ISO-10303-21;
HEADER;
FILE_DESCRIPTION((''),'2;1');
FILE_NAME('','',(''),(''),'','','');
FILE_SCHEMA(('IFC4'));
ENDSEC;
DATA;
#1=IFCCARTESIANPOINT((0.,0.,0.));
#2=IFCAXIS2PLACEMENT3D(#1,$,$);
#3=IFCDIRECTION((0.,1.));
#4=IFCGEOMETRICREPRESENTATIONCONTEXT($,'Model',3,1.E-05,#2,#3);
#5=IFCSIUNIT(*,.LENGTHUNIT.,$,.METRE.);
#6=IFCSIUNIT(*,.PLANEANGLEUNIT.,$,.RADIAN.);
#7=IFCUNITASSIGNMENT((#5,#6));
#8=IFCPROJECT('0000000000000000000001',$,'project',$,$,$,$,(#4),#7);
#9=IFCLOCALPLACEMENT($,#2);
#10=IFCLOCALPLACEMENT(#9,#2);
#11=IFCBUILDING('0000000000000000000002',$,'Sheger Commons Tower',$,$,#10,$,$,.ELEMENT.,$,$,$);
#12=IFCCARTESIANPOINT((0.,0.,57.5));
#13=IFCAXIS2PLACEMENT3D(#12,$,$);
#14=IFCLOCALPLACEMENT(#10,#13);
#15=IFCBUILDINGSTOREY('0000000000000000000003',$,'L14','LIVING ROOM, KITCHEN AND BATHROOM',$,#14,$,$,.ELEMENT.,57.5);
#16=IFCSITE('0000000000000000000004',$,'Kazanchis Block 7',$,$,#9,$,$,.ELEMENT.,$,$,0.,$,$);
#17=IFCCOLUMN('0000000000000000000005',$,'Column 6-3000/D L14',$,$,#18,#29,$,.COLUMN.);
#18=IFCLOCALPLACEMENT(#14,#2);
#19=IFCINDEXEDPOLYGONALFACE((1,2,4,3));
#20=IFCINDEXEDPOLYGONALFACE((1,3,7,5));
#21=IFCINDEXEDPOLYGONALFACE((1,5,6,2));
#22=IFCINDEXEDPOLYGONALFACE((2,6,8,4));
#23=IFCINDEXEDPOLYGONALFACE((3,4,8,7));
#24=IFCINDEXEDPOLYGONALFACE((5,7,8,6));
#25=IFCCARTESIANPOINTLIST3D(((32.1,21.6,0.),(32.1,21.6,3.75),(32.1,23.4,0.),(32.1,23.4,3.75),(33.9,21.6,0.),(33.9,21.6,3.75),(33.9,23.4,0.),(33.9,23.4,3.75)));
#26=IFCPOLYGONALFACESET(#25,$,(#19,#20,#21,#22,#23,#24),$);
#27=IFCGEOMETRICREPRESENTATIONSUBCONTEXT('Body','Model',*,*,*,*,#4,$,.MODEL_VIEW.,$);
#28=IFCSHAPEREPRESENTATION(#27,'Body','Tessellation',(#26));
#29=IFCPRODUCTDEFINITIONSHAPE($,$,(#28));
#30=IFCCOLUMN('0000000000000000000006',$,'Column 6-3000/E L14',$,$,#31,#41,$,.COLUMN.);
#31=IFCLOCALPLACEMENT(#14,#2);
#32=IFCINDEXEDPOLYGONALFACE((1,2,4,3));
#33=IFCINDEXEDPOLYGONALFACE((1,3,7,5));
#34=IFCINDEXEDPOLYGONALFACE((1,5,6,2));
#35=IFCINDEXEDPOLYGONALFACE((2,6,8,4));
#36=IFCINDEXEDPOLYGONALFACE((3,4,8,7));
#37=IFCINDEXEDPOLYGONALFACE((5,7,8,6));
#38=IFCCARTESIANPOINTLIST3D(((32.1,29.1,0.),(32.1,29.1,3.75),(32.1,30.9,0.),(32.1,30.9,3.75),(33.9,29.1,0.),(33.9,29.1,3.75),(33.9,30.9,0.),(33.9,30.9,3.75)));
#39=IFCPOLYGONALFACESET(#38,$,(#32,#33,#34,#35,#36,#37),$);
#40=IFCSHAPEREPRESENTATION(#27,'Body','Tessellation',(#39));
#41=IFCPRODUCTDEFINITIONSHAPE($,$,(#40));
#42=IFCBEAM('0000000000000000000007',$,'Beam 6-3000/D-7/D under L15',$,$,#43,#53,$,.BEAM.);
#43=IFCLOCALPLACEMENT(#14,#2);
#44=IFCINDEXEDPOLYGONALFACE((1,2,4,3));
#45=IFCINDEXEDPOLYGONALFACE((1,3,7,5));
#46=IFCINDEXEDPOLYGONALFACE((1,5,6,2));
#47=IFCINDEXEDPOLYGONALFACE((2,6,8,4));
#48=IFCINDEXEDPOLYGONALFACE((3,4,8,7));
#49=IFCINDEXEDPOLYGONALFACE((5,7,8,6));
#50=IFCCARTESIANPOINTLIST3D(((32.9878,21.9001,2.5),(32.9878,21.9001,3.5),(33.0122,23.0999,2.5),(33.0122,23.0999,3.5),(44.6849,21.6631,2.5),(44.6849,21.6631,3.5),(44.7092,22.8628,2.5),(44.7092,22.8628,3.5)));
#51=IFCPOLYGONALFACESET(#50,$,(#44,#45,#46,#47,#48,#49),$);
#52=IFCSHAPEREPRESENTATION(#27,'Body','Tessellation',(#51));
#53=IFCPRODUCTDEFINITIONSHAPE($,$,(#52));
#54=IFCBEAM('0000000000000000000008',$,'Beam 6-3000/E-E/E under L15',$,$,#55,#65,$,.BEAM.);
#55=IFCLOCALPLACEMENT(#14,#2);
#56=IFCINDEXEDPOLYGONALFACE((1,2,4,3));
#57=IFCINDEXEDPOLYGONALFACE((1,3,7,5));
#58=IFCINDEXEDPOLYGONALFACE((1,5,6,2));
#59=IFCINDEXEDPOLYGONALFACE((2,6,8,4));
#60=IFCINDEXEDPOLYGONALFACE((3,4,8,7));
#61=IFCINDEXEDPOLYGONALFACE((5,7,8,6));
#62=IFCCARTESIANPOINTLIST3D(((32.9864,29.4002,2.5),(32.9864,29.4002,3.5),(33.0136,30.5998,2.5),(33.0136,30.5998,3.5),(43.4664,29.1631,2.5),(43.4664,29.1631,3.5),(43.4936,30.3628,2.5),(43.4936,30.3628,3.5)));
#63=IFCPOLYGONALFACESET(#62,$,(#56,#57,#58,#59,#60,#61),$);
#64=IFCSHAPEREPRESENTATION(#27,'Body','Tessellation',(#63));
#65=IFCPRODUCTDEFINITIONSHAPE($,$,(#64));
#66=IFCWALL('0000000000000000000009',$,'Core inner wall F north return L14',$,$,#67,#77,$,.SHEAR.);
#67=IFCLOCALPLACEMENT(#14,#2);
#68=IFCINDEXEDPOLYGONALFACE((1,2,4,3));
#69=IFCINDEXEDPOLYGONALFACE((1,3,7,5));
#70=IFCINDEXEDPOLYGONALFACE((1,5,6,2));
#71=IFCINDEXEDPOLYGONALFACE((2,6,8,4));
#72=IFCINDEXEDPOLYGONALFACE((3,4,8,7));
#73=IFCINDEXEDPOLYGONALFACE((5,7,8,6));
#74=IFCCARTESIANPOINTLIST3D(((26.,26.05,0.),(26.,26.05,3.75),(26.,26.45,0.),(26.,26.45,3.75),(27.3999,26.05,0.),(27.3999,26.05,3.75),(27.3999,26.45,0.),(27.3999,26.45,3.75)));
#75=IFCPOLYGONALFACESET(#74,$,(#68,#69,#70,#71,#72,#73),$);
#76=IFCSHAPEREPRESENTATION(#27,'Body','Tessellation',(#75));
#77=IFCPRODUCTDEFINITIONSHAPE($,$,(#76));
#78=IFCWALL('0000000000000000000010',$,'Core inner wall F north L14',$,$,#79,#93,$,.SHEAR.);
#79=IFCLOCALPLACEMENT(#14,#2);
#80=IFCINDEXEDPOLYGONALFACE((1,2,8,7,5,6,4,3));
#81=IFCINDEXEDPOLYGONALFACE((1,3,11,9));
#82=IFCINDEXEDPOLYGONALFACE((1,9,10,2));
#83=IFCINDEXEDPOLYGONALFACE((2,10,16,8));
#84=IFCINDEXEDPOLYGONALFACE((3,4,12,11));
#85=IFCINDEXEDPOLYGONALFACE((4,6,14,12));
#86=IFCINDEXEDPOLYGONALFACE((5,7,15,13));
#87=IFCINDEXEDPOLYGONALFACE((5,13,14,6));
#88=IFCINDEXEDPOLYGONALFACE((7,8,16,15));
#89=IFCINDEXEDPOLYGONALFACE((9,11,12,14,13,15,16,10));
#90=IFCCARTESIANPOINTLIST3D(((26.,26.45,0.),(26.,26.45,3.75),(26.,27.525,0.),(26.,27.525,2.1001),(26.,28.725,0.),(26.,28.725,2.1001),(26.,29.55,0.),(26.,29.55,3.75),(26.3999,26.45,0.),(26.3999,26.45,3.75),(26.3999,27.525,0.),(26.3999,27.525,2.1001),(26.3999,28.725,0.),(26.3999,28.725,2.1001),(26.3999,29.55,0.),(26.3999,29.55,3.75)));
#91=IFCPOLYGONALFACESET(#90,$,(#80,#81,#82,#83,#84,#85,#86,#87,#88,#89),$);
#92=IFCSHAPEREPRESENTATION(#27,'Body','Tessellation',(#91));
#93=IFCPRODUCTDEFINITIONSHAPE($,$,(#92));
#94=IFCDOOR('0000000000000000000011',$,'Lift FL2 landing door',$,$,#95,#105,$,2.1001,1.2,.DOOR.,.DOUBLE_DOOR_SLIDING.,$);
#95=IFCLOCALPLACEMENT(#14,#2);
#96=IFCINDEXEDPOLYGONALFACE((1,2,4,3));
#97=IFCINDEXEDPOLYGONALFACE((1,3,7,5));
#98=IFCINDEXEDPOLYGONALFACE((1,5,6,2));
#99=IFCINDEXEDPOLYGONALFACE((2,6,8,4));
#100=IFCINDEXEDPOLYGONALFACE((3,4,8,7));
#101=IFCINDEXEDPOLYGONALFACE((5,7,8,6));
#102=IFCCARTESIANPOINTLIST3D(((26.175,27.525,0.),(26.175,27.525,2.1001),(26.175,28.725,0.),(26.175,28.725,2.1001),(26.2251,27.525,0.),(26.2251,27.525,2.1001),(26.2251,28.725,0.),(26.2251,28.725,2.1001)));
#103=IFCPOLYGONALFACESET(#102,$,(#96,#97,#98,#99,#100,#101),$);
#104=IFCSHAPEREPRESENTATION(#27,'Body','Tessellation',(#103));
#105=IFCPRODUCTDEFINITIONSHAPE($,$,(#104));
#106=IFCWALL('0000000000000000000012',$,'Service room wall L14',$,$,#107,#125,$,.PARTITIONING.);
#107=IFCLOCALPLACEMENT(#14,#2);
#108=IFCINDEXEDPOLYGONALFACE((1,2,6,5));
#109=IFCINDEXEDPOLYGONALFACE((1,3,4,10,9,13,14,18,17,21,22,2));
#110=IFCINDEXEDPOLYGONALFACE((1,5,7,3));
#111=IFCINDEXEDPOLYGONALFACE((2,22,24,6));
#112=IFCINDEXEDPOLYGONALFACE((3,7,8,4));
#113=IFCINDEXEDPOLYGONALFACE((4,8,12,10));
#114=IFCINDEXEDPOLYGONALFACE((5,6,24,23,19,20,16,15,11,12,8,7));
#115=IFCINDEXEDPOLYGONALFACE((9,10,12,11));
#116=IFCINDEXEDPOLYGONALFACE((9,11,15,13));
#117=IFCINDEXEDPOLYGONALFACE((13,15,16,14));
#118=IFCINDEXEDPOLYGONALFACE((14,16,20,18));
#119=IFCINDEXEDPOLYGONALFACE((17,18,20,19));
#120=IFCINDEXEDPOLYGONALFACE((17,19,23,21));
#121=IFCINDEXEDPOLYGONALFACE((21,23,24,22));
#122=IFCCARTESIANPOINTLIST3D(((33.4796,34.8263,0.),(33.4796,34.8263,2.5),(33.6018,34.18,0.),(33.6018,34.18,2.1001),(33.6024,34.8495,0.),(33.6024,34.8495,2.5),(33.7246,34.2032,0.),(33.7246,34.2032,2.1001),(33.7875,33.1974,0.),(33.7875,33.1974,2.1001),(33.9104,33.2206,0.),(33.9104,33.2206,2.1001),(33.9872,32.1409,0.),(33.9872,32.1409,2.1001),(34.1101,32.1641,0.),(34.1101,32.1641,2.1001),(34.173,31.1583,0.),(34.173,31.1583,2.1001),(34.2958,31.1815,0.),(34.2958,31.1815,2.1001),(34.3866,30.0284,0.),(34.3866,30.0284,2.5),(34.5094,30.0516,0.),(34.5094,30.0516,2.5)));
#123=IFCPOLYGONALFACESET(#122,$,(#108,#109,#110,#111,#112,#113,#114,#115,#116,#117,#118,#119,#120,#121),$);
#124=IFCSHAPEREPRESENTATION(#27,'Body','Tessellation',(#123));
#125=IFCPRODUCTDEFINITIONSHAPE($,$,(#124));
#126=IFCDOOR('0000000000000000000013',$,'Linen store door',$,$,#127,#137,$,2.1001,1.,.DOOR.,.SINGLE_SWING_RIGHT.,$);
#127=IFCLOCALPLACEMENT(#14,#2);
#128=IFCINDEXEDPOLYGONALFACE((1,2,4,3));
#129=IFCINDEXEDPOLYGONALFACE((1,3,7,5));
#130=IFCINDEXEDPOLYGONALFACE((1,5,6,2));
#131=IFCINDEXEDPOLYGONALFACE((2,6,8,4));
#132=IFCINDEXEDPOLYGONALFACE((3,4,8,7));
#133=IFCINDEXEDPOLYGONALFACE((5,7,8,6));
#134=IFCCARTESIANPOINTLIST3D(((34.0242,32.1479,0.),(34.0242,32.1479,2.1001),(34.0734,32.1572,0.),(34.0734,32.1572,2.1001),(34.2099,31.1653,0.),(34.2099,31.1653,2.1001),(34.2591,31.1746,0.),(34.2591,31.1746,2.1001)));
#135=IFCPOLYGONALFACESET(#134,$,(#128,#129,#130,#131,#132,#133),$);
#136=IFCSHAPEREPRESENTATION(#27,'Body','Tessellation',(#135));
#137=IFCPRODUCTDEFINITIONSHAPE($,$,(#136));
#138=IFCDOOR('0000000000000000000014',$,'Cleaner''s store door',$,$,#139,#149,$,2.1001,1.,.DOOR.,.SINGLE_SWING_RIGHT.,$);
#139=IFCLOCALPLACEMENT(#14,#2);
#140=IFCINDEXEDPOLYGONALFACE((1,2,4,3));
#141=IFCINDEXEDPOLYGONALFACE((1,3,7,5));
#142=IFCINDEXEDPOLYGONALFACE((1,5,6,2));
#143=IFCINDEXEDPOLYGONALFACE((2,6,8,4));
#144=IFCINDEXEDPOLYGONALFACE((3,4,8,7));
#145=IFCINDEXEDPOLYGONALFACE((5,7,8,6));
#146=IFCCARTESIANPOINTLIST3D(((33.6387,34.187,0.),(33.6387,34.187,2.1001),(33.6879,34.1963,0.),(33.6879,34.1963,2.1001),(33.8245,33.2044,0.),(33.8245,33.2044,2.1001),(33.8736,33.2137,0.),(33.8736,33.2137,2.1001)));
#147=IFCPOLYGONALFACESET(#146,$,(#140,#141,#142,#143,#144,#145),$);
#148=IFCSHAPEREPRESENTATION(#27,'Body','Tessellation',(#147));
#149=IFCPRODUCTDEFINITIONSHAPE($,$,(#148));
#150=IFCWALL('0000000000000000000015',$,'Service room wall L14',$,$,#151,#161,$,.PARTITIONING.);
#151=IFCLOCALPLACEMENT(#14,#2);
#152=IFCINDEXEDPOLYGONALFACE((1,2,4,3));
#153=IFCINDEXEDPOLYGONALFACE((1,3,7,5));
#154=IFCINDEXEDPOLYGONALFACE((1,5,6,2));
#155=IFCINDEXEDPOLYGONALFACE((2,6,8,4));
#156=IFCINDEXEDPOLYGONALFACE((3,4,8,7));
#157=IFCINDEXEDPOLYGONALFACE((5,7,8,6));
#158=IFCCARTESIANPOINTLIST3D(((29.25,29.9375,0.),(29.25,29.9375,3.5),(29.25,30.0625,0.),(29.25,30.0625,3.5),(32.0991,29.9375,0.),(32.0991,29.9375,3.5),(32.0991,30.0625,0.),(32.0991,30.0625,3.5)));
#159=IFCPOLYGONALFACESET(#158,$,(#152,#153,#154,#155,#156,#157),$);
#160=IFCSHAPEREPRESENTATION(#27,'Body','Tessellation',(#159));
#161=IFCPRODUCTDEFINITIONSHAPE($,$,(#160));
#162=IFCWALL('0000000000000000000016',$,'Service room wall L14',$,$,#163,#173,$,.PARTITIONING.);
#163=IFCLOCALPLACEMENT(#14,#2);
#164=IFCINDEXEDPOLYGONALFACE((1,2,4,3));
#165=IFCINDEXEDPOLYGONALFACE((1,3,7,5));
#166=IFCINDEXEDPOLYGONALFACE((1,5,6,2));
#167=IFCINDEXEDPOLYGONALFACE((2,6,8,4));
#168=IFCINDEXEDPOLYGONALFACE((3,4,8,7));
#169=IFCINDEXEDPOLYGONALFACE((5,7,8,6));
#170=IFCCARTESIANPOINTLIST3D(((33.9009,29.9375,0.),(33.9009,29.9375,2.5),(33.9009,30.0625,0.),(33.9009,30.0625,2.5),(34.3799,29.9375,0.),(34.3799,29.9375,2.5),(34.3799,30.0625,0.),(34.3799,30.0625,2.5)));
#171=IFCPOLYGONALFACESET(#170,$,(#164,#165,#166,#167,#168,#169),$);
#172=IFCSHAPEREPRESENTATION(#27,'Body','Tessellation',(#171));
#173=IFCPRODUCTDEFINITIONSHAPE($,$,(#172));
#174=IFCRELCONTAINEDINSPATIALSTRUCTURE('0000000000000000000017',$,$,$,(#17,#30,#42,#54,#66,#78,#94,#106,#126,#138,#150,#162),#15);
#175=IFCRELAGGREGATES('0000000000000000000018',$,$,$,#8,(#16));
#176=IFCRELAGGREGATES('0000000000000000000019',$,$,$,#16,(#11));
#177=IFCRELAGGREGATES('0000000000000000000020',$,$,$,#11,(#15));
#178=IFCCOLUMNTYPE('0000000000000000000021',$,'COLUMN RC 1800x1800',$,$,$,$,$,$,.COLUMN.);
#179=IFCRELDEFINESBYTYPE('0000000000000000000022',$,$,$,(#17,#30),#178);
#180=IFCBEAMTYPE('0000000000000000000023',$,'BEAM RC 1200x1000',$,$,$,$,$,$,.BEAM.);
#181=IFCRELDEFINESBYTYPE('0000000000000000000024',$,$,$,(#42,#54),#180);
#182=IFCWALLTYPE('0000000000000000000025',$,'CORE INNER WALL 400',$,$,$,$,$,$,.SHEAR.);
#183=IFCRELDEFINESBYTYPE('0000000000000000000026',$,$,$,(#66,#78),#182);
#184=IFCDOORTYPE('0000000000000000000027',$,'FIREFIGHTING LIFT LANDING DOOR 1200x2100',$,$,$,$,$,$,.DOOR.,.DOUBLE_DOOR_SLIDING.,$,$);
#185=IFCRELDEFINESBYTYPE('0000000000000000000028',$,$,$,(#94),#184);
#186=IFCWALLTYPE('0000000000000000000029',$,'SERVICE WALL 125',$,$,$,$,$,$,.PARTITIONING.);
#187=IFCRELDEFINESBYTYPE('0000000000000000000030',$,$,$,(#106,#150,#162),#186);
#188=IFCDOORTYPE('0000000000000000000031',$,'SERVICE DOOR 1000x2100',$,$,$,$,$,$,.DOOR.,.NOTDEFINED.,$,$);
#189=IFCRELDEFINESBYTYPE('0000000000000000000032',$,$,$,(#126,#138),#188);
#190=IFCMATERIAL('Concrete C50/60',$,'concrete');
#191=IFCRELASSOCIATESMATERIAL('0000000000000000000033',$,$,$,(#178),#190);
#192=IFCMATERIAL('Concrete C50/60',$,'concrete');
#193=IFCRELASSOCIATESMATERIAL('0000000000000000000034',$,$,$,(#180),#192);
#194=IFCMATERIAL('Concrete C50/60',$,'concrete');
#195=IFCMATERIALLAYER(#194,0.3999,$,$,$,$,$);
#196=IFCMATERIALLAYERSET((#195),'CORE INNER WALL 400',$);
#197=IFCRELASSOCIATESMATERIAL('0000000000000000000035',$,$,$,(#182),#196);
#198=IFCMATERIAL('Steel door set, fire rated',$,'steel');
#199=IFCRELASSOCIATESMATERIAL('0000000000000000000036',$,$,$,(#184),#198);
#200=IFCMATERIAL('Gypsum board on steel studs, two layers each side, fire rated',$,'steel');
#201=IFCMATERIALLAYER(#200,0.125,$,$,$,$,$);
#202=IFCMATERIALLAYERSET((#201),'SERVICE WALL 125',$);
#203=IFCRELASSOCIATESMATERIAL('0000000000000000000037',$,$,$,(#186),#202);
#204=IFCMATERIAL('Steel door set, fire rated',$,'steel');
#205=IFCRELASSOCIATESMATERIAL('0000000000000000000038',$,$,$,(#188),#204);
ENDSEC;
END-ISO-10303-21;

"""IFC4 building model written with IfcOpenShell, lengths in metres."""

from ifc_helpers import new_model, si_unit, direction, frame, frame_2d, origin, origin_2d, place, context, subcontext, project, spatial, rectangle, extrude, material, layer, layer_set, material_profile, profile_set, type_object, element, fill, save


model = new_model("IFC4")

# Units and contexts
model_context = context("Model", 3, precision=1e-05, world=origin(), true_north=direction((0.0, 1.0)))
body_context = subcontext(model_context, "Body", "Model", "MODEL_VIEW")
ifc_project = project(units=[si_unit("LENGTHUNIT", "METRE"), si_unit("PLANEANGLEUNIT", "RADIAN")], contexts=[model_context])

# Site, building, storey
site_placement = place(None, origin())
site = spatial("IfcSite", under=ifc_project, at=site_placement, Name="Kazanchis Block 7", CompositionType="ELEMENT", RefElevation=0.0)
building_placement = place(site_placement, origin())
building = spatial("IfcBuilding", under=site, at=building_placement, Name="Sheger Commons Tower", CompositionType="ELEMENT")
storey_placement = place(building_placement, frame((0.0, 0.0, 57.5)))
storey = spatial("IfcBuildingStorey", under=building, at=storey_placement, Name="L14", Description="LIVING ROOM, KITCHEN AND BATHROOM", CompositionType="ELEMENT", Elevation=57.5)

# Columns
ifc_material_1 = material(Name="Concrete C50/60", Category="concrete")
ifc_material_profile_1 = material_profile(ifc_material_1, rectangle(XDim=1.8, YDim=1.8, at=origin_2d()), Name="RC 1800x1800")
ifc_profile_set_1 = profile_set([ifc_material_profile_1], Name="Concrete C50/60")
column_type = type_object("IfcColumnType", Name="COLUMN RC 1800x1800", PredefinedType="COLUMN", material=ifc_profile_set_1)
for number, where, z_axis, x_axis, name in (
    (1, (33.0, 22.5, 0.0), (0.0, 0.0, 1.0), (1.0, 0.0, 0.0), "Column 6-3000/D L14"),
    (2, (33.0, 30.0, 0.0), (0.0, 0.0, 1.0), (1.0, 0.0, 0.0), "Column 6-3000/E L14"),
):
    element("IfcColumn", number, at=place(storey_placement, frame(where, z_axis=z_axis, x_axis=x_axis)), inside=storey, type_object=column_type, Name=name, PredefinedType="COLUMN", context=body_context, shape_type="SweptSolid", body=[
        extrude(rectangle(XDim=1.8, YDim=1.8, at=origin_2d()), origin(), (0.0, 0.0, 1.0), 3.75),
    ])

# Beams
ifc_material_2 = material(Name="Concrete C50/60", Category="concrete")
ifc_material_profile_2 = material_profile(ifc_material_2, rectangle(XDim=1.2, YDim=1.0, at=origin_2d()), Name="RC 1200x1000")
ifc_profile_set_2 = profile_set([ifc_material_profile_2], Name="Concrete C50/60")
beam_type = type_object("IfcBeamType", Name="BEAM RC 1200x1000", PredefinedType="BEAM", material=ifc_profile_set_2)
beam_1_placement = place(storey_placement, frame((33.0, 22.5, 3.0), z_axis=(0.999795, -0.020263, 0.0), x_axis=(0.020263, 0.999795, 0.0)))
element("IfcBeam", 3, at=beam_1_placement, inside=storey, type_object=beam_type, Name="Beam 6-3000/D-7/D under L15", PredefinedType="BEAM", context=body_context, shape_type="SweptSolid", body=[
    extrude(rectangle(XDim=1.2, YDim=1.0, at=origin_2d()), origin(), (0.0, 0.0, 1.0), 11.6995),
])
beam_2_placement = place(storey_placement, frame((33.0, 30.0, 3.0), z_axis=(0.999744, -0.022615, 0.0), x_axis=(0.022615, 0.999744, 0.0)))
element("IfcBeam", 4, at=beam_2_placement, inside=storey, type_object=beam_type, Name="Beam 6-3000/E-E/E under L15", PredefinedType="BEAM", context=body_context, shape_type="SweptSolid", body=[
    extrude(rectangle(XDim=1.2, YDim=1.0, at=origin_2d()), origin(), (0.0, 0.0, 1.0), 10.4827),
])

# Wall
ifc_material_3 = material(Name="Concrete C50/60", Category="concrete")
ifc_layer_1 = layer(ifc_material_3, 0.3999)
ifc_layer_set_1 = layer_set([ifc_layer_1], Name="CORE INNER WALL 400")
wall_type_1 = type_object("IfcWallType", Name="CORE INNER WALL 400", PredefinedType="SHEAR", material=ifc_layer_set_1)
wall_1_placement = place(storey_placement, frame((26.0, 26.25, 0.0), z_axis=(0.0, 0.0, 1.0), x_axis=(1.0, 0.0, 0.0)))
element("IfcWall", 5, at=wall_1_placement, inside=storey, type_object=wall_type_1, Name="Core inner wall F north return L14", PredefinedType="SHEAR", context=body_context, shape_type="SweptSolid", body=[
    extrude(rectangle(XDim=1.3999, YDim=0.3999, at=frame_2d((0.7, 0.0))), origin(), (0.0, 0.0, 1.0), 3.75),
])

# Wall, opening, door
wall_2_placement = place(storey_placement, frame((26.2, 26.45, 0.0), z_axis=(0.0, 0.0, 1.0), x_axis=(0.0, 1.0, 0.0)))
wall_2 = element("IfcWall", 6, at=wall_2_placement, inside=storey, type_object=wall_type_1, Name="Core inner wall F north L14", PredefinedType="SHEAR", context=body_context, shape_type="SweptSolid", body=[
    extrude(rectangle(XDim=3.1001, YDim=0.3999, at=frame_2d((1.55, 0.0))), origin(), (0.0, 0.0, 1.0), 3.75),
])
opening_1_placement = place(wall_2_placement, frame((1.075, 0.0, 0.0)))
opening_1 = element("IfcOpeningElement", 7, at=opening_1_placement, cuts=wall_2, PredefinedType="OPENING", context=body_context, shape_type="SweptSolid", body=[
    extrude(rectangle(XDim=1.2, YDim=2.1001, at=frame_2d((0.6001, 1.05))), frame((0.0, 0.21, 0.0), z_axis=(0.0, -1.0, 0.0), x_axis=(1.0, 0.0, 0.0)), (0.0, 0.0, 1.0), 0.4199),
])
ifc_material_4 = material(Name="Steel door set, fire rated", Category="steel")
door_type_1 = type_object("IfcDoorType", Name="FIREFIGHTING LIFT LANDING DOOR 1200x2100", OperationType="DOUBLE_DOOR_SLIDING", PredefinedType="DOOR", material=ifc_material_4)
door_1_placement = place(opening_1_placement, origin())
door_1 = element("IfcDoor", 8, at=door_1_placement, inside=storey, type_object=door_type_1, Name="Lift FL2 landing door", OperationType="DOUBLE_DOOR_SLIDING", OverallHeight=2.1001, OverallWidth=1.2, PredefinedType="DOOR", context=body_context, shape_type="SweptSolid", body=[
    extrude(rectangle(XDim=1.2, YDim=2.1001, at=frame_2d((0.6001, 1.05))), frame((0.0, 0.0249, 0.0), z_axis=(0.0, -1.0, 0.0), x_axis=(1.0, 0.0, 0.0)), (0.0, 0.0, 1.0), 0.05),
])
fill(opening_1, door_1)

# Wall, openings, doors
ifc_material_5 = material(Name="Gypsum board on steel studs, two layers each side, fire rated", Category="steel")
ifc_layer_2 = layer(ifc_material_5, 0.125)
ifc_layer_set_2 = layer_set([ifc_layer_2], Name="SERVICE WALL 125")
wall_type_2 = type_object("IfcWallType", Name="SERVICE WALL 125", PredefinedType="PARTITIONING", material=ifc_layer_set_2)
wall_3_placement = place(storey_placement, frame((34.448, 30.04, 0.0), z_axis=(0.0, 0.0, 1.0), x_axis=(-0.185749, 0.982597, 0.0)))
wall_3 = element("IfcWall", 9, at=wall_3_placement, inside=storey, type_object=wall_type_2, Name="Service room wall L14", PredefinedType="PARTITIONING", context=body_context, shape_type="SweptSolid", body=[
    extrude(rectangle(XDim=4.8828, YDim=0.125, at=frame_2d((2.4414, 0.0))), origin(), (0.0, 0.0, 1.0), 2.5),
])
opening_2_placement = place(wall_3_placement, frame((1.1499, 0.0, 0.0)))
opening_2 = element("IfcOpeningElement", 10, at=opening_2_placement, cuts=wall_3, PredefinedType="OPENING", context=body_context, shape_type="SweptSolid", body=[
    extrude(rectangle(XDim=1.0, YDim=2.1001, at=frame_2d((0.5, 1.05))), frame((0.0, 0.0725, 0.0), z_axis=(0.0, -1.0, 0.0), x_axis=(1.0, 0.0, 0.0)), (0.0, 0.0, 1.0), 0.145),
])
opening_3_placement = place(wall_3_placement, frame((3.2251, 0.0, 0.0)))
opening_3 = element("IfcOpeningElement", 11, at=opening_3_placement, cuts=wall_3, PredefinedType="OPENING", context=body_context, shape_type="SweptSolid", body=[
    extrude(rectangle(XDim=1.0, YDim=2.1001, at=frame_2d((0.5, 1.05))), frame((0.0, 0.0725, 0.0), z_axis=(0.0, -1.0, 0.0), x_axis=(1.0, 0.0, 0.0)), (0.0, 0.0, 1.0), 0.145),
])
ifc_material_6 = material(Name="Steel door set, fire rated", Category="steel")
door_type_2 = type_object("IfcDoorType", Name="SERVICE DOOR 1000x2100", OperationType="NOTDEFINED", PredefinedType="DOOR", material=ifc_material_6)
door_2_placement = place(opening_2_placement, origin())
door_2 = element("IfcDoor", 12, at=door_2_placement, inside=storey, type_object=door_type_2, Name="Linen store door", OperationType="SINGLE_SWING_RIGHT", OverallHeight=2.1001, OverallWidth=1.0, PredefinedType="DOOR", context=body_context, shape_type="SweptSolid", body=[
    extrude(rectangle(XDim=1.0, YDim=2.1001, at=frame_2d((0.5, 1.05))), frame((0.0, 0.0249, 0.0), z_axis=(0.0, -1.0, 0.0), x_axis=(1.0, 0.0, 0.0)), (0.0, 0.0, 1.0), 0.05),
])
fill(opening_2, door_2)
door_3_placement = place(opening_3_placement, origin())
door_3 = element("IfcDoor", 13, at=door_3_placement, inside=storey, type_object=door_type_2, Name="Cleaner's store door", OperationType="SINGLE_SWING_RIGHT", OverallHeight=2.1001, OverallWidth=1.0, PredefinedType="DOOR", context=body_context, shape_type="SweptSolid", body=[
    extrude(rectangle(XDim=1.0, YDim=2.1001, at=frame_2d((0.5, 1.05))), frame((0.0, 0.0249, 0.0), z_axis=(0.0, -1.0, 0.0), x_axis=(1.0, 0.0, 0.0)), (0.0, 0.0, 1.0), 0.05),
])
fill(opening_3, door_3)

# Walls
wall_4_placement = place(storey_placement, frame((29.25, 30.0, 0.0), z_axis=(0.0, 0.0, 1.0), x_axis=(1.0, 0.0, 0.0)))
element("IfcWall", 14, at=wall_4_placement, inside=storey, type_object=wall_type_2, Name="Service room wall L14", PredefinedType="PARTITIONING", context=body_context, shape_type="SweptSolid", body=[
    extrude(rectangle(XDim=2.8491, YDim=0.125, at=frame_2d((1.4246, 0.0))), origin(), (0.0, 0.0, 1.0), 3.5),
])
wall_5_placement = place(storey_placement, frame((33.9009, 30.0, 0.0), z_axis=(0.0, 0.0, 1.0), x_axis=(1.0, 0.0, 0.0)))
element("IfcWall", 15, at=wall_5_placement, inside=storey, type_object=wall_type_2, Name="Service room wall L14", PredefinedType="PARTITIONING", context=body_context, shape_type="SweptSolid", body=[
    extrude(rectangle(XDim=0.479, YDim=0.125, at=frame_2d((0.2395, 0.0))), origin(), (0.0, 0.0, 1.0), 2.5),
])

save(model, "model.ifc")
